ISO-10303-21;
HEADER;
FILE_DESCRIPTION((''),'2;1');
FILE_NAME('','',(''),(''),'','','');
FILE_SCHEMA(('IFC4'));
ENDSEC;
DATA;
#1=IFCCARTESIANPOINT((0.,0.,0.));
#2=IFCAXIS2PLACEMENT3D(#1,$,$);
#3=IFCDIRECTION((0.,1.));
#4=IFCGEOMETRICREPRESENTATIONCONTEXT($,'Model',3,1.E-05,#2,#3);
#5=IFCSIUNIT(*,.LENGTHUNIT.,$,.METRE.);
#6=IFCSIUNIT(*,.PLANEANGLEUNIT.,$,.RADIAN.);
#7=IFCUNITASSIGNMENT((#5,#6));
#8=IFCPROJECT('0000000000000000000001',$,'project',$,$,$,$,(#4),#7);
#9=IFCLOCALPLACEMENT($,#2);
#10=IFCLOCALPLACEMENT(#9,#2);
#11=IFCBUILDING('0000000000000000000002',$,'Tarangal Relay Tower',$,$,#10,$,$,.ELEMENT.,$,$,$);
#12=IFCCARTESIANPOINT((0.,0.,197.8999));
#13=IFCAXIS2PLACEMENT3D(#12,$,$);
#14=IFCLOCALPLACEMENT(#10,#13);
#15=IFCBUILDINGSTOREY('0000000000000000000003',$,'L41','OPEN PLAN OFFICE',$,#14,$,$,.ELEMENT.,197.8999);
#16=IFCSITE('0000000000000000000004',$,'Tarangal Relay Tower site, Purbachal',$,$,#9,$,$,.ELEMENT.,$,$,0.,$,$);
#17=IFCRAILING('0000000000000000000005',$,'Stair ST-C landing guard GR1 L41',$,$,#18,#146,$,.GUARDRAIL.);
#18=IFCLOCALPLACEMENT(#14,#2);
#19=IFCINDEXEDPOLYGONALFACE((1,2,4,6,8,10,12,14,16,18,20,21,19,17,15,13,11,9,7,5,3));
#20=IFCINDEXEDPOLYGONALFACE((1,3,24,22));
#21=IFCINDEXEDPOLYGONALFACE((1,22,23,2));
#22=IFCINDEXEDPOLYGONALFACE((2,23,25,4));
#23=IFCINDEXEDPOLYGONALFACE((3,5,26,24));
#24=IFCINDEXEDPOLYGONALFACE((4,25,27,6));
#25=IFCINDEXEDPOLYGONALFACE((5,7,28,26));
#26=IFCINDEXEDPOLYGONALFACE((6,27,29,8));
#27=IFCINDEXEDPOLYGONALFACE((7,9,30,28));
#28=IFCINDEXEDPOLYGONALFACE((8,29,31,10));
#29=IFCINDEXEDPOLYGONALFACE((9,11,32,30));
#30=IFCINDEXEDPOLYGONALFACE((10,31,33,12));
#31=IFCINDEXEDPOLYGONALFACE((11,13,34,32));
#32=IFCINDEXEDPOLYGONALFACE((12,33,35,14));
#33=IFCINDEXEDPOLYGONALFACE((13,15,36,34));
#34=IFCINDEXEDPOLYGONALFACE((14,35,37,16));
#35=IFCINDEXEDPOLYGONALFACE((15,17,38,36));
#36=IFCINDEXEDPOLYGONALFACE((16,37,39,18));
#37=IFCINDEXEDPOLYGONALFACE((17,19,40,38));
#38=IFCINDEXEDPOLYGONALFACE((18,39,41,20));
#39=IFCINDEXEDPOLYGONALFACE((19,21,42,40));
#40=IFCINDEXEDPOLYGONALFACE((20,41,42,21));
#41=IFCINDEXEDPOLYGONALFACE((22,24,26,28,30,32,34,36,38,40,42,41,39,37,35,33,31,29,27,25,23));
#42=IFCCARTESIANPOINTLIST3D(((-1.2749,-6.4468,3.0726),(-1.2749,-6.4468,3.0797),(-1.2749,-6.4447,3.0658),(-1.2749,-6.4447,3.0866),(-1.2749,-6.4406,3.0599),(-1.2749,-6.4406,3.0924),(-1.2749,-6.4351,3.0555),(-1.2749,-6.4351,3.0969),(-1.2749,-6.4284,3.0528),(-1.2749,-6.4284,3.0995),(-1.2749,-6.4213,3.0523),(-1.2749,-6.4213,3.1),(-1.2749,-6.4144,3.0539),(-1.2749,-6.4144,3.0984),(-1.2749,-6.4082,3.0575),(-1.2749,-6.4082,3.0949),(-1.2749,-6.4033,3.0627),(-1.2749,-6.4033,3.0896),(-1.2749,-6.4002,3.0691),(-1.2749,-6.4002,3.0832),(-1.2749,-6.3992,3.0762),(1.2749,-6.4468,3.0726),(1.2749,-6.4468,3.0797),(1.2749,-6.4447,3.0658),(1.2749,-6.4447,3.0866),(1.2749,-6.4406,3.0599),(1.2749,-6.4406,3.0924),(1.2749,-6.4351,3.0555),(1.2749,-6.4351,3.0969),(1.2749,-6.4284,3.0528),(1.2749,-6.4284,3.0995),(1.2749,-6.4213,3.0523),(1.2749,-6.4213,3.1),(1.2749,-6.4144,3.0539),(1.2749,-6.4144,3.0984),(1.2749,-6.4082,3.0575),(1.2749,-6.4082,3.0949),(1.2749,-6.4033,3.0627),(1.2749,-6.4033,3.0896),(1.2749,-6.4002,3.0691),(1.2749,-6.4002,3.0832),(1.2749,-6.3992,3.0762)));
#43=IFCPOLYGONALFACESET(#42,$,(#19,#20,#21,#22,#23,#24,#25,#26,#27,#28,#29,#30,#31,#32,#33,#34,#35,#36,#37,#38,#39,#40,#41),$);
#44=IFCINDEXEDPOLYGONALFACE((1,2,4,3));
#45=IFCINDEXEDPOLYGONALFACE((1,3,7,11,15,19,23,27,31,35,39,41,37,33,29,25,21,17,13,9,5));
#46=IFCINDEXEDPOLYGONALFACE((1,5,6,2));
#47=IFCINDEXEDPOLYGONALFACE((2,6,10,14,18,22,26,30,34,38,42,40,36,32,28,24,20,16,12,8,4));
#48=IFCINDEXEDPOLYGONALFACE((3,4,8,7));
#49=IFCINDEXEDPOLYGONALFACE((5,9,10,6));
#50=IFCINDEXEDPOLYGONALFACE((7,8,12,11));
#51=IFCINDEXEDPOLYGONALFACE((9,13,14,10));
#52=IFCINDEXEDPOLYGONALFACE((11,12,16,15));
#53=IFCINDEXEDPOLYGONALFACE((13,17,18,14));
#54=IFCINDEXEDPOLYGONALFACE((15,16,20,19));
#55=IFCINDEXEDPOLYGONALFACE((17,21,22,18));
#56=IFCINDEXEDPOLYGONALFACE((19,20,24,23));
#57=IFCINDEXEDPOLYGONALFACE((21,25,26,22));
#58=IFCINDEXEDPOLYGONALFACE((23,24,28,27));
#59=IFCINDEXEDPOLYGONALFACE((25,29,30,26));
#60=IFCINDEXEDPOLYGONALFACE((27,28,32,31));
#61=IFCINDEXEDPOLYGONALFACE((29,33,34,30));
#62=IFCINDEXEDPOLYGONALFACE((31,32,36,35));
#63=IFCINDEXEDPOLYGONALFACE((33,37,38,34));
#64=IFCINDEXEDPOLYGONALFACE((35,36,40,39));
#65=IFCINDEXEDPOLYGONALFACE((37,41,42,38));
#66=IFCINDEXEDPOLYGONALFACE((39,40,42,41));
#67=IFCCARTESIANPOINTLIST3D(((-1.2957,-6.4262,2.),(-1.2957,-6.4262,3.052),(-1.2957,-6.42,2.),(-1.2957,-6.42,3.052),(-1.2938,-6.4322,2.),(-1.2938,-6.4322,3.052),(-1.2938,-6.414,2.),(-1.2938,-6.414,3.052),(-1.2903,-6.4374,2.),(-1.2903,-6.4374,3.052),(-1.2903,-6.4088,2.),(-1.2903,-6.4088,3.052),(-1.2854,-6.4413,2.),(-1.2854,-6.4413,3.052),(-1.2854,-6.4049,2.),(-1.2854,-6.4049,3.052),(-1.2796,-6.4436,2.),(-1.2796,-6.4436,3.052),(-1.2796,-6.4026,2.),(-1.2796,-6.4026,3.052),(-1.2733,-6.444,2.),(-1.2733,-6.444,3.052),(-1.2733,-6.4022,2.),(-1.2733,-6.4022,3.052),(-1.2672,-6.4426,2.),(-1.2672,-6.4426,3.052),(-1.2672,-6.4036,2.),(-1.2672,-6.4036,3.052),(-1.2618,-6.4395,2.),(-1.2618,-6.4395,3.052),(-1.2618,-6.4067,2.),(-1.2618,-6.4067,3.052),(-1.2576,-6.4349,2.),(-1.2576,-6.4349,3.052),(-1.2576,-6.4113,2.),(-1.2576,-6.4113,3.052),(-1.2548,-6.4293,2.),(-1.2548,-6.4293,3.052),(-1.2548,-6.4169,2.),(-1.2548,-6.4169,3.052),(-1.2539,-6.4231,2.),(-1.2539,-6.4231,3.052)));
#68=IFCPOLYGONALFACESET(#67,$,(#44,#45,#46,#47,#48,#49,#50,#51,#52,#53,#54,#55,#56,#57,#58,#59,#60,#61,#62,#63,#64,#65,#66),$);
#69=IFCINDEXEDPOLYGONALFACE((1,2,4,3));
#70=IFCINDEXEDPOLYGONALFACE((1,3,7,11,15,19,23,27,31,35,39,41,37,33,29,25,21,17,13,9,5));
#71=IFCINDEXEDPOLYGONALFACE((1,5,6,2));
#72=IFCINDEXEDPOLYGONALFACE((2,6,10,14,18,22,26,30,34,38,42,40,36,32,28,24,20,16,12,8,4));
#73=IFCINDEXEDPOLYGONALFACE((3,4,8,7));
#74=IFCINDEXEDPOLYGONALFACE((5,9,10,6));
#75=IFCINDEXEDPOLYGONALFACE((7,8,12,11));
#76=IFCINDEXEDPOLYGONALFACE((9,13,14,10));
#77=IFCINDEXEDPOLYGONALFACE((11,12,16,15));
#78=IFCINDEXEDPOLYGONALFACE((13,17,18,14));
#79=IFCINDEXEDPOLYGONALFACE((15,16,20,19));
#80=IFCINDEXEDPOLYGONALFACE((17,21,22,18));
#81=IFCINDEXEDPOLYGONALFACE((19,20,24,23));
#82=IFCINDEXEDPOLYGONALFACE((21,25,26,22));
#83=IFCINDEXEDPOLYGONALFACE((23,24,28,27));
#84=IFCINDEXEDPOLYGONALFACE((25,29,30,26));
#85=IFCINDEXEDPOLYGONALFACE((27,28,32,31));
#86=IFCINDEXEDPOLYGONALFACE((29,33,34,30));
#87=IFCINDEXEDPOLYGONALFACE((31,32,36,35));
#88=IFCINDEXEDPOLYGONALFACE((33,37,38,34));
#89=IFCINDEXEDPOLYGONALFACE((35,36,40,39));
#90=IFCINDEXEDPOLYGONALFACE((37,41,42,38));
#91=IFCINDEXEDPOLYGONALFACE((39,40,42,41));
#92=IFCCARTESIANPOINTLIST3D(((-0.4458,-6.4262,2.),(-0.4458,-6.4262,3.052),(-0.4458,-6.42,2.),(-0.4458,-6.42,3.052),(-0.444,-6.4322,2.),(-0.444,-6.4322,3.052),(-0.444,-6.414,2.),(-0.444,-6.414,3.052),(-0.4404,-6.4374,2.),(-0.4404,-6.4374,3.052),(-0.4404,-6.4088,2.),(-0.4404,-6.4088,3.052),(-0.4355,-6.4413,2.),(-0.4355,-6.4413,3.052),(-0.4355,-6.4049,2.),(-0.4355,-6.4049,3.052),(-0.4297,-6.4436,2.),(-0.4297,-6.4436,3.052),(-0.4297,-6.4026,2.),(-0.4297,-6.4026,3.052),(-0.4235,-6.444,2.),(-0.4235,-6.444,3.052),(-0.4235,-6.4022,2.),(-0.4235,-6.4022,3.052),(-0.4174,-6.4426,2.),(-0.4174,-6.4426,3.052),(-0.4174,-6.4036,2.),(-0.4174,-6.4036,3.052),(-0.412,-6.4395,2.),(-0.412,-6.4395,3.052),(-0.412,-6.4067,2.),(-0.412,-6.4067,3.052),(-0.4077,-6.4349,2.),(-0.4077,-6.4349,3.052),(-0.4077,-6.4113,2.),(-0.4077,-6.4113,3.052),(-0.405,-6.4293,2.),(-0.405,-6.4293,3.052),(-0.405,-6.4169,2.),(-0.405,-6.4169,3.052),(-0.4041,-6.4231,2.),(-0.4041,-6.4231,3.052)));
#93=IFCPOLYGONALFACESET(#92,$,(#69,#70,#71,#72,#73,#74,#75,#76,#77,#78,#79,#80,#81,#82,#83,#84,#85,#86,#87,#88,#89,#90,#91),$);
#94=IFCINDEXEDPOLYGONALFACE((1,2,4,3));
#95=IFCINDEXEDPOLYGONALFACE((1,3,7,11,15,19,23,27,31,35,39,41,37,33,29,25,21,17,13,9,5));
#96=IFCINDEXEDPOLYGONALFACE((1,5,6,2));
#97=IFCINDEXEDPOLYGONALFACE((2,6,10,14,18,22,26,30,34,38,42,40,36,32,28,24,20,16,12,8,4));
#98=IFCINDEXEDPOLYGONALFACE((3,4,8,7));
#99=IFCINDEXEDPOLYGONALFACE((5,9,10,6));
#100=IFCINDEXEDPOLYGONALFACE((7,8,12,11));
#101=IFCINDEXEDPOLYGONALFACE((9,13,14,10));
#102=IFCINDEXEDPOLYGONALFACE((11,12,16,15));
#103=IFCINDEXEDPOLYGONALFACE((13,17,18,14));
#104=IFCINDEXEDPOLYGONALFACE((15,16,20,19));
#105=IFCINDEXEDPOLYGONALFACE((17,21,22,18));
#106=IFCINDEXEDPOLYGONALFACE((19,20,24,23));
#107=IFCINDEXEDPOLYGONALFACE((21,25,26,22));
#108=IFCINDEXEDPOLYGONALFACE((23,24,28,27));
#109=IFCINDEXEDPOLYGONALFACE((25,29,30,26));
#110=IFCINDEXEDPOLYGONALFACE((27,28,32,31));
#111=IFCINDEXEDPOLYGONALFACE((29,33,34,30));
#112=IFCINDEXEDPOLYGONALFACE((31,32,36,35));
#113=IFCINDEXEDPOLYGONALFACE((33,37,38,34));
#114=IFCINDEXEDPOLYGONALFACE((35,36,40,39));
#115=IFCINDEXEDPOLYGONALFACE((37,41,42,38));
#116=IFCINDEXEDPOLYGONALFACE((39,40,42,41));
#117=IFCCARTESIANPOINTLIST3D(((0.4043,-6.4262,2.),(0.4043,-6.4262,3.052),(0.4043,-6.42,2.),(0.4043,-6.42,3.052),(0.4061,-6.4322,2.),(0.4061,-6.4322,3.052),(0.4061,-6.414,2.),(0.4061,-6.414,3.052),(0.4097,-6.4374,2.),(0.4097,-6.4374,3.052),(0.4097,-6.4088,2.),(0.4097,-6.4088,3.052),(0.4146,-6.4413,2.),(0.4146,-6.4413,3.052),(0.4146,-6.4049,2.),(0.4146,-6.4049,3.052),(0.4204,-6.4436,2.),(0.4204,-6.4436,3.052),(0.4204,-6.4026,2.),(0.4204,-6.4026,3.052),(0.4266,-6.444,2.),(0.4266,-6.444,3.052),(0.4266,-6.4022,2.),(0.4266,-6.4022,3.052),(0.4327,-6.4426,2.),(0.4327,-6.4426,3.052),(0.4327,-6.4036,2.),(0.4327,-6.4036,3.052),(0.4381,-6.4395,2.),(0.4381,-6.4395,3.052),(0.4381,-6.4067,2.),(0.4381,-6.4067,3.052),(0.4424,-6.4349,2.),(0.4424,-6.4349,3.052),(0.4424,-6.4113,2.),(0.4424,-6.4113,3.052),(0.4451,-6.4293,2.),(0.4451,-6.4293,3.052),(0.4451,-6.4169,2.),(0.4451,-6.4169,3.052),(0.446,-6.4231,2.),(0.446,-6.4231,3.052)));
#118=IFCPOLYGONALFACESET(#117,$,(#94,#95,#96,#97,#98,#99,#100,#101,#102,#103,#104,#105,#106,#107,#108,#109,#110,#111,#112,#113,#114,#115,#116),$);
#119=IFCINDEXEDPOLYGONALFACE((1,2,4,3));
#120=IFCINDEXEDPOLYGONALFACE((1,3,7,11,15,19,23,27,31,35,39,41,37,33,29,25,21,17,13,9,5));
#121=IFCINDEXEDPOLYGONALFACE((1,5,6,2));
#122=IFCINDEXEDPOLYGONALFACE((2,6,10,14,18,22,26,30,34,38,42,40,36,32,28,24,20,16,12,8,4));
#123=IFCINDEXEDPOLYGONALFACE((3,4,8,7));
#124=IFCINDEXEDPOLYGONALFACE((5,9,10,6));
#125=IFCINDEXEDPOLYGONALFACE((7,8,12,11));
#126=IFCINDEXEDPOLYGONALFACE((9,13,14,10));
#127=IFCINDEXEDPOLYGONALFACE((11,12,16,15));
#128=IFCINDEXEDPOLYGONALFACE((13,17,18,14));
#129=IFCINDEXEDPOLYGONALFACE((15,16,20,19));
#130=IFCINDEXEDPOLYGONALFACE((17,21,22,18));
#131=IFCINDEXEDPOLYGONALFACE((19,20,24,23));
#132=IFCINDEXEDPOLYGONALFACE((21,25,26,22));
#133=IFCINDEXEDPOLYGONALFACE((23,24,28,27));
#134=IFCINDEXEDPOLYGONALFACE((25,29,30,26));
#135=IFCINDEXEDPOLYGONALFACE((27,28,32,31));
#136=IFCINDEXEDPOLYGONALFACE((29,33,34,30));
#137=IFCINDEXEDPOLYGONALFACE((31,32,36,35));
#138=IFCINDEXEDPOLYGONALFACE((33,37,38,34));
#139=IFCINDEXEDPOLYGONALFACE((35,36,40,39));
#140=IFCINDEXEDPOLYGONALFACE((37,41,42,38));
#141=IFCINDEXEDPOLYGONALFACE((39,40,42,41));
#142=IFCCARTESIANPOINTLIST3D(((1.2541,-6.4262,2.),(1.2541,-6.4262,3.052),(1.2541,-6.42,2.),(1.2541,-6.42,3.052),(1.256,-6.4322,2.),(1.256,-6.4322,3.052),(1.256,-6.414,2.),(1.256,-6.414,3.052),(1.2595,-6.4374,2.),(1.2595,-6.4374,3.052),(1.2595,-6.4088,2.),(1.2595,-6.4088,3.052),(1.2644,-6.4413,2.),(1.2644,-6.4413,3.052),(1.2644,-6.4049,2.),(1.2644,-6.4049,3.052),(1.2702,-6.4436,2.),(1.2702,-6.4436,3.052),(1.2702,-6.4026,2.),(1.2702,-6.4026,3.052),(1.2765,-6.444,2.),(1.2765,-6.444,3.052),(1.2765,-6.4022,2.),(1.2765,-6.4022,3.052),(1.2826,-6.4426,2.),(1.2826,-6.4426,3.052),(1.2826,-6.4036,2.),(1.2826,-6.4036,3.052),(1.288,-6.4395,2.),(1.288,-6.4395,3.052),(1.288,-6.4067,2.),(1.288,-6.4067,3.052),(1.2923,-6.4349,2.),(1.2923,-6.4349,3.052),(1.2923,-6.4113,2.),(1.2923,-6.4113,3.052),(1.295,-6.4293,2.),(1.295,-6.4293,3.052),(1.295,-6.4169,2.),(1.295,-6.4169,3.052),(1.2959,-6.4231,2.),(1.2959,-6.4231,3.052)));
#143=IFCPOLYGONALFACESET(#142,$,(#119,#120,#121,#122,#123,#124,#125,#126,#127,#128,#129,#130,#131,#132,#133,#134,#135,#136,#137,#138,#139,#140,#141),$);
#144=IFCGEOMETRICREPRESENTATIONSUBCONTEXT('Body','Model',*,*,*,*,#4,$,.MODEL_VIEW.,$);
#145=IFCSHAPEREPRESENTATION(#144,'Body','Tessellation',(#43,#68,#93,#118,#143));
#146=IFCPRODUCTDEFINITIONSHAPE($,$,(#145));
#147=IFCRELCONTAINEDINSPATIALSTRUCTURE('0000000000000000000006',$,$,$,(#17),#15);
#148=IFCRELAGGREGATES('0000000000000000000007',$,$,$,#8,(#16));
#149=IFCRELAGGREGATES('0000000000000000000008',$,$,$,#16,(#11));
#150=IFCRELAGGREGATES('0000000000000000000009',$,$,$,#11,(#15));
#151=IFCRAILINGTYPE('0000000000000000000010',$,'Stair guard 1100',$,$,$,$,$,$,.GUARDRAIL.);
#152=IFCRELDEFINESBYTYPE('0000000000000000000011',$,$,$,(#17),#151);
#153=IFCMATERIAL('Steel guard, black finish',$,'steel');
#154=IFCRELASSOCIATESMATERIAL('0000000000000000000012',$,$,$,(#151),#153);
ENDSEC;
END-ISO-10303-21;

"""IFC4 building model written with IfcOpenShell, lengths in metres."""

from ifc_helpers import new_model, si_unit, direction, frame, origin, origin_2d, place, context, subcontext, project, spatial, circle, extrude, material, type_object, element, save


model = new_model("IFC4")

# Units and contexts
model_context = context("Model", 3, precision=1e-05, world=origin(), true_north=direction((0.0, 1.0)))
body_context = subcontext(model_context, "Body", "Model", "MODEL_VIEW")
ifc_project = project(units=[si_unit("LENGTHUNIT", "METRE"), si_unit("PLANEANGLEUNIT", "RADIAN")], contexts=[model_context])

# Site, building, storey
site_placement = place(None, origin())
site = spatial("IfcSite", under=ifc_project, at=site_placement, Name="Tarangal Relay Tower site, Purbachal", CompositionType="ELEMENT", RefElevation=0.0)
building_placement = place(site_placement, origin())
building = spatial("IfcBuilding", under=site, at=building_placement, Name="Tarangal Relay Tower", CompositionType="ELEMENT")
storey_placement = place(building_placement, frame((0.0, 0.0, 197.8999)))
storey = spatial("IfcBuildingStorey", under=building, at=storey_placement, Name="L41", Description="OPEN PLAN OFFICE", CompositionType="ELEMENT", Elevation=197.8999)

# Railing
ifc_material_1 = material(Name="Steel guard, black finish", Category="steel")
railing_type_1 = type_object("IfcRailingType", Name="Stair guard 1100", PredefinedType="GUARDRAIL", material=ifc_material_1)
for number, where, name in (
    (1, (-1.2749, -6.4231, 2.0), "Stair ST-C landing guard GR1 L41"),
):
    element("IfcRailing", number, at=place(storey_placement, frame(where)), inside=storey, type_object=railing_type_1, Name=name, PredefinedType="GUARDRAIL", context=body_context, shape_type="SweptSolid", body=[
        extrude(circle(Radius=0.0239, at=origin_2d()), frame((0.0, 0.0, 1.0762), z_axis=(1.0, 0.0, 0.0), x_axis=(0.0, 1.0, 0.0)), (0.0, 0.0, 1.0), 2.5498),
        extrude(circle(Radius=0.021, at=origin_2d()), origin(), (0.0, 0.0, 1.0), 1.052),
        extrude(circle(Radius=0.021, at=origin_2d()), frame((0.8499, 0.0, 0.0)), (0.0, 0.0, 1.0), 1.052),
        extrude(circle(Radius=0.021, at=origin_2d()), frame((1.7, 0.0, 0.0)), (0.0, 0.0, 1.0), 1.052),
        extrude(circle(Radius=0.021, at=origin_2d()), frame((2.5498, 0.0, 0.0)), (0.0, 0.0, 1.0), 1.052),
    ])

save(model, "model.ifc")
